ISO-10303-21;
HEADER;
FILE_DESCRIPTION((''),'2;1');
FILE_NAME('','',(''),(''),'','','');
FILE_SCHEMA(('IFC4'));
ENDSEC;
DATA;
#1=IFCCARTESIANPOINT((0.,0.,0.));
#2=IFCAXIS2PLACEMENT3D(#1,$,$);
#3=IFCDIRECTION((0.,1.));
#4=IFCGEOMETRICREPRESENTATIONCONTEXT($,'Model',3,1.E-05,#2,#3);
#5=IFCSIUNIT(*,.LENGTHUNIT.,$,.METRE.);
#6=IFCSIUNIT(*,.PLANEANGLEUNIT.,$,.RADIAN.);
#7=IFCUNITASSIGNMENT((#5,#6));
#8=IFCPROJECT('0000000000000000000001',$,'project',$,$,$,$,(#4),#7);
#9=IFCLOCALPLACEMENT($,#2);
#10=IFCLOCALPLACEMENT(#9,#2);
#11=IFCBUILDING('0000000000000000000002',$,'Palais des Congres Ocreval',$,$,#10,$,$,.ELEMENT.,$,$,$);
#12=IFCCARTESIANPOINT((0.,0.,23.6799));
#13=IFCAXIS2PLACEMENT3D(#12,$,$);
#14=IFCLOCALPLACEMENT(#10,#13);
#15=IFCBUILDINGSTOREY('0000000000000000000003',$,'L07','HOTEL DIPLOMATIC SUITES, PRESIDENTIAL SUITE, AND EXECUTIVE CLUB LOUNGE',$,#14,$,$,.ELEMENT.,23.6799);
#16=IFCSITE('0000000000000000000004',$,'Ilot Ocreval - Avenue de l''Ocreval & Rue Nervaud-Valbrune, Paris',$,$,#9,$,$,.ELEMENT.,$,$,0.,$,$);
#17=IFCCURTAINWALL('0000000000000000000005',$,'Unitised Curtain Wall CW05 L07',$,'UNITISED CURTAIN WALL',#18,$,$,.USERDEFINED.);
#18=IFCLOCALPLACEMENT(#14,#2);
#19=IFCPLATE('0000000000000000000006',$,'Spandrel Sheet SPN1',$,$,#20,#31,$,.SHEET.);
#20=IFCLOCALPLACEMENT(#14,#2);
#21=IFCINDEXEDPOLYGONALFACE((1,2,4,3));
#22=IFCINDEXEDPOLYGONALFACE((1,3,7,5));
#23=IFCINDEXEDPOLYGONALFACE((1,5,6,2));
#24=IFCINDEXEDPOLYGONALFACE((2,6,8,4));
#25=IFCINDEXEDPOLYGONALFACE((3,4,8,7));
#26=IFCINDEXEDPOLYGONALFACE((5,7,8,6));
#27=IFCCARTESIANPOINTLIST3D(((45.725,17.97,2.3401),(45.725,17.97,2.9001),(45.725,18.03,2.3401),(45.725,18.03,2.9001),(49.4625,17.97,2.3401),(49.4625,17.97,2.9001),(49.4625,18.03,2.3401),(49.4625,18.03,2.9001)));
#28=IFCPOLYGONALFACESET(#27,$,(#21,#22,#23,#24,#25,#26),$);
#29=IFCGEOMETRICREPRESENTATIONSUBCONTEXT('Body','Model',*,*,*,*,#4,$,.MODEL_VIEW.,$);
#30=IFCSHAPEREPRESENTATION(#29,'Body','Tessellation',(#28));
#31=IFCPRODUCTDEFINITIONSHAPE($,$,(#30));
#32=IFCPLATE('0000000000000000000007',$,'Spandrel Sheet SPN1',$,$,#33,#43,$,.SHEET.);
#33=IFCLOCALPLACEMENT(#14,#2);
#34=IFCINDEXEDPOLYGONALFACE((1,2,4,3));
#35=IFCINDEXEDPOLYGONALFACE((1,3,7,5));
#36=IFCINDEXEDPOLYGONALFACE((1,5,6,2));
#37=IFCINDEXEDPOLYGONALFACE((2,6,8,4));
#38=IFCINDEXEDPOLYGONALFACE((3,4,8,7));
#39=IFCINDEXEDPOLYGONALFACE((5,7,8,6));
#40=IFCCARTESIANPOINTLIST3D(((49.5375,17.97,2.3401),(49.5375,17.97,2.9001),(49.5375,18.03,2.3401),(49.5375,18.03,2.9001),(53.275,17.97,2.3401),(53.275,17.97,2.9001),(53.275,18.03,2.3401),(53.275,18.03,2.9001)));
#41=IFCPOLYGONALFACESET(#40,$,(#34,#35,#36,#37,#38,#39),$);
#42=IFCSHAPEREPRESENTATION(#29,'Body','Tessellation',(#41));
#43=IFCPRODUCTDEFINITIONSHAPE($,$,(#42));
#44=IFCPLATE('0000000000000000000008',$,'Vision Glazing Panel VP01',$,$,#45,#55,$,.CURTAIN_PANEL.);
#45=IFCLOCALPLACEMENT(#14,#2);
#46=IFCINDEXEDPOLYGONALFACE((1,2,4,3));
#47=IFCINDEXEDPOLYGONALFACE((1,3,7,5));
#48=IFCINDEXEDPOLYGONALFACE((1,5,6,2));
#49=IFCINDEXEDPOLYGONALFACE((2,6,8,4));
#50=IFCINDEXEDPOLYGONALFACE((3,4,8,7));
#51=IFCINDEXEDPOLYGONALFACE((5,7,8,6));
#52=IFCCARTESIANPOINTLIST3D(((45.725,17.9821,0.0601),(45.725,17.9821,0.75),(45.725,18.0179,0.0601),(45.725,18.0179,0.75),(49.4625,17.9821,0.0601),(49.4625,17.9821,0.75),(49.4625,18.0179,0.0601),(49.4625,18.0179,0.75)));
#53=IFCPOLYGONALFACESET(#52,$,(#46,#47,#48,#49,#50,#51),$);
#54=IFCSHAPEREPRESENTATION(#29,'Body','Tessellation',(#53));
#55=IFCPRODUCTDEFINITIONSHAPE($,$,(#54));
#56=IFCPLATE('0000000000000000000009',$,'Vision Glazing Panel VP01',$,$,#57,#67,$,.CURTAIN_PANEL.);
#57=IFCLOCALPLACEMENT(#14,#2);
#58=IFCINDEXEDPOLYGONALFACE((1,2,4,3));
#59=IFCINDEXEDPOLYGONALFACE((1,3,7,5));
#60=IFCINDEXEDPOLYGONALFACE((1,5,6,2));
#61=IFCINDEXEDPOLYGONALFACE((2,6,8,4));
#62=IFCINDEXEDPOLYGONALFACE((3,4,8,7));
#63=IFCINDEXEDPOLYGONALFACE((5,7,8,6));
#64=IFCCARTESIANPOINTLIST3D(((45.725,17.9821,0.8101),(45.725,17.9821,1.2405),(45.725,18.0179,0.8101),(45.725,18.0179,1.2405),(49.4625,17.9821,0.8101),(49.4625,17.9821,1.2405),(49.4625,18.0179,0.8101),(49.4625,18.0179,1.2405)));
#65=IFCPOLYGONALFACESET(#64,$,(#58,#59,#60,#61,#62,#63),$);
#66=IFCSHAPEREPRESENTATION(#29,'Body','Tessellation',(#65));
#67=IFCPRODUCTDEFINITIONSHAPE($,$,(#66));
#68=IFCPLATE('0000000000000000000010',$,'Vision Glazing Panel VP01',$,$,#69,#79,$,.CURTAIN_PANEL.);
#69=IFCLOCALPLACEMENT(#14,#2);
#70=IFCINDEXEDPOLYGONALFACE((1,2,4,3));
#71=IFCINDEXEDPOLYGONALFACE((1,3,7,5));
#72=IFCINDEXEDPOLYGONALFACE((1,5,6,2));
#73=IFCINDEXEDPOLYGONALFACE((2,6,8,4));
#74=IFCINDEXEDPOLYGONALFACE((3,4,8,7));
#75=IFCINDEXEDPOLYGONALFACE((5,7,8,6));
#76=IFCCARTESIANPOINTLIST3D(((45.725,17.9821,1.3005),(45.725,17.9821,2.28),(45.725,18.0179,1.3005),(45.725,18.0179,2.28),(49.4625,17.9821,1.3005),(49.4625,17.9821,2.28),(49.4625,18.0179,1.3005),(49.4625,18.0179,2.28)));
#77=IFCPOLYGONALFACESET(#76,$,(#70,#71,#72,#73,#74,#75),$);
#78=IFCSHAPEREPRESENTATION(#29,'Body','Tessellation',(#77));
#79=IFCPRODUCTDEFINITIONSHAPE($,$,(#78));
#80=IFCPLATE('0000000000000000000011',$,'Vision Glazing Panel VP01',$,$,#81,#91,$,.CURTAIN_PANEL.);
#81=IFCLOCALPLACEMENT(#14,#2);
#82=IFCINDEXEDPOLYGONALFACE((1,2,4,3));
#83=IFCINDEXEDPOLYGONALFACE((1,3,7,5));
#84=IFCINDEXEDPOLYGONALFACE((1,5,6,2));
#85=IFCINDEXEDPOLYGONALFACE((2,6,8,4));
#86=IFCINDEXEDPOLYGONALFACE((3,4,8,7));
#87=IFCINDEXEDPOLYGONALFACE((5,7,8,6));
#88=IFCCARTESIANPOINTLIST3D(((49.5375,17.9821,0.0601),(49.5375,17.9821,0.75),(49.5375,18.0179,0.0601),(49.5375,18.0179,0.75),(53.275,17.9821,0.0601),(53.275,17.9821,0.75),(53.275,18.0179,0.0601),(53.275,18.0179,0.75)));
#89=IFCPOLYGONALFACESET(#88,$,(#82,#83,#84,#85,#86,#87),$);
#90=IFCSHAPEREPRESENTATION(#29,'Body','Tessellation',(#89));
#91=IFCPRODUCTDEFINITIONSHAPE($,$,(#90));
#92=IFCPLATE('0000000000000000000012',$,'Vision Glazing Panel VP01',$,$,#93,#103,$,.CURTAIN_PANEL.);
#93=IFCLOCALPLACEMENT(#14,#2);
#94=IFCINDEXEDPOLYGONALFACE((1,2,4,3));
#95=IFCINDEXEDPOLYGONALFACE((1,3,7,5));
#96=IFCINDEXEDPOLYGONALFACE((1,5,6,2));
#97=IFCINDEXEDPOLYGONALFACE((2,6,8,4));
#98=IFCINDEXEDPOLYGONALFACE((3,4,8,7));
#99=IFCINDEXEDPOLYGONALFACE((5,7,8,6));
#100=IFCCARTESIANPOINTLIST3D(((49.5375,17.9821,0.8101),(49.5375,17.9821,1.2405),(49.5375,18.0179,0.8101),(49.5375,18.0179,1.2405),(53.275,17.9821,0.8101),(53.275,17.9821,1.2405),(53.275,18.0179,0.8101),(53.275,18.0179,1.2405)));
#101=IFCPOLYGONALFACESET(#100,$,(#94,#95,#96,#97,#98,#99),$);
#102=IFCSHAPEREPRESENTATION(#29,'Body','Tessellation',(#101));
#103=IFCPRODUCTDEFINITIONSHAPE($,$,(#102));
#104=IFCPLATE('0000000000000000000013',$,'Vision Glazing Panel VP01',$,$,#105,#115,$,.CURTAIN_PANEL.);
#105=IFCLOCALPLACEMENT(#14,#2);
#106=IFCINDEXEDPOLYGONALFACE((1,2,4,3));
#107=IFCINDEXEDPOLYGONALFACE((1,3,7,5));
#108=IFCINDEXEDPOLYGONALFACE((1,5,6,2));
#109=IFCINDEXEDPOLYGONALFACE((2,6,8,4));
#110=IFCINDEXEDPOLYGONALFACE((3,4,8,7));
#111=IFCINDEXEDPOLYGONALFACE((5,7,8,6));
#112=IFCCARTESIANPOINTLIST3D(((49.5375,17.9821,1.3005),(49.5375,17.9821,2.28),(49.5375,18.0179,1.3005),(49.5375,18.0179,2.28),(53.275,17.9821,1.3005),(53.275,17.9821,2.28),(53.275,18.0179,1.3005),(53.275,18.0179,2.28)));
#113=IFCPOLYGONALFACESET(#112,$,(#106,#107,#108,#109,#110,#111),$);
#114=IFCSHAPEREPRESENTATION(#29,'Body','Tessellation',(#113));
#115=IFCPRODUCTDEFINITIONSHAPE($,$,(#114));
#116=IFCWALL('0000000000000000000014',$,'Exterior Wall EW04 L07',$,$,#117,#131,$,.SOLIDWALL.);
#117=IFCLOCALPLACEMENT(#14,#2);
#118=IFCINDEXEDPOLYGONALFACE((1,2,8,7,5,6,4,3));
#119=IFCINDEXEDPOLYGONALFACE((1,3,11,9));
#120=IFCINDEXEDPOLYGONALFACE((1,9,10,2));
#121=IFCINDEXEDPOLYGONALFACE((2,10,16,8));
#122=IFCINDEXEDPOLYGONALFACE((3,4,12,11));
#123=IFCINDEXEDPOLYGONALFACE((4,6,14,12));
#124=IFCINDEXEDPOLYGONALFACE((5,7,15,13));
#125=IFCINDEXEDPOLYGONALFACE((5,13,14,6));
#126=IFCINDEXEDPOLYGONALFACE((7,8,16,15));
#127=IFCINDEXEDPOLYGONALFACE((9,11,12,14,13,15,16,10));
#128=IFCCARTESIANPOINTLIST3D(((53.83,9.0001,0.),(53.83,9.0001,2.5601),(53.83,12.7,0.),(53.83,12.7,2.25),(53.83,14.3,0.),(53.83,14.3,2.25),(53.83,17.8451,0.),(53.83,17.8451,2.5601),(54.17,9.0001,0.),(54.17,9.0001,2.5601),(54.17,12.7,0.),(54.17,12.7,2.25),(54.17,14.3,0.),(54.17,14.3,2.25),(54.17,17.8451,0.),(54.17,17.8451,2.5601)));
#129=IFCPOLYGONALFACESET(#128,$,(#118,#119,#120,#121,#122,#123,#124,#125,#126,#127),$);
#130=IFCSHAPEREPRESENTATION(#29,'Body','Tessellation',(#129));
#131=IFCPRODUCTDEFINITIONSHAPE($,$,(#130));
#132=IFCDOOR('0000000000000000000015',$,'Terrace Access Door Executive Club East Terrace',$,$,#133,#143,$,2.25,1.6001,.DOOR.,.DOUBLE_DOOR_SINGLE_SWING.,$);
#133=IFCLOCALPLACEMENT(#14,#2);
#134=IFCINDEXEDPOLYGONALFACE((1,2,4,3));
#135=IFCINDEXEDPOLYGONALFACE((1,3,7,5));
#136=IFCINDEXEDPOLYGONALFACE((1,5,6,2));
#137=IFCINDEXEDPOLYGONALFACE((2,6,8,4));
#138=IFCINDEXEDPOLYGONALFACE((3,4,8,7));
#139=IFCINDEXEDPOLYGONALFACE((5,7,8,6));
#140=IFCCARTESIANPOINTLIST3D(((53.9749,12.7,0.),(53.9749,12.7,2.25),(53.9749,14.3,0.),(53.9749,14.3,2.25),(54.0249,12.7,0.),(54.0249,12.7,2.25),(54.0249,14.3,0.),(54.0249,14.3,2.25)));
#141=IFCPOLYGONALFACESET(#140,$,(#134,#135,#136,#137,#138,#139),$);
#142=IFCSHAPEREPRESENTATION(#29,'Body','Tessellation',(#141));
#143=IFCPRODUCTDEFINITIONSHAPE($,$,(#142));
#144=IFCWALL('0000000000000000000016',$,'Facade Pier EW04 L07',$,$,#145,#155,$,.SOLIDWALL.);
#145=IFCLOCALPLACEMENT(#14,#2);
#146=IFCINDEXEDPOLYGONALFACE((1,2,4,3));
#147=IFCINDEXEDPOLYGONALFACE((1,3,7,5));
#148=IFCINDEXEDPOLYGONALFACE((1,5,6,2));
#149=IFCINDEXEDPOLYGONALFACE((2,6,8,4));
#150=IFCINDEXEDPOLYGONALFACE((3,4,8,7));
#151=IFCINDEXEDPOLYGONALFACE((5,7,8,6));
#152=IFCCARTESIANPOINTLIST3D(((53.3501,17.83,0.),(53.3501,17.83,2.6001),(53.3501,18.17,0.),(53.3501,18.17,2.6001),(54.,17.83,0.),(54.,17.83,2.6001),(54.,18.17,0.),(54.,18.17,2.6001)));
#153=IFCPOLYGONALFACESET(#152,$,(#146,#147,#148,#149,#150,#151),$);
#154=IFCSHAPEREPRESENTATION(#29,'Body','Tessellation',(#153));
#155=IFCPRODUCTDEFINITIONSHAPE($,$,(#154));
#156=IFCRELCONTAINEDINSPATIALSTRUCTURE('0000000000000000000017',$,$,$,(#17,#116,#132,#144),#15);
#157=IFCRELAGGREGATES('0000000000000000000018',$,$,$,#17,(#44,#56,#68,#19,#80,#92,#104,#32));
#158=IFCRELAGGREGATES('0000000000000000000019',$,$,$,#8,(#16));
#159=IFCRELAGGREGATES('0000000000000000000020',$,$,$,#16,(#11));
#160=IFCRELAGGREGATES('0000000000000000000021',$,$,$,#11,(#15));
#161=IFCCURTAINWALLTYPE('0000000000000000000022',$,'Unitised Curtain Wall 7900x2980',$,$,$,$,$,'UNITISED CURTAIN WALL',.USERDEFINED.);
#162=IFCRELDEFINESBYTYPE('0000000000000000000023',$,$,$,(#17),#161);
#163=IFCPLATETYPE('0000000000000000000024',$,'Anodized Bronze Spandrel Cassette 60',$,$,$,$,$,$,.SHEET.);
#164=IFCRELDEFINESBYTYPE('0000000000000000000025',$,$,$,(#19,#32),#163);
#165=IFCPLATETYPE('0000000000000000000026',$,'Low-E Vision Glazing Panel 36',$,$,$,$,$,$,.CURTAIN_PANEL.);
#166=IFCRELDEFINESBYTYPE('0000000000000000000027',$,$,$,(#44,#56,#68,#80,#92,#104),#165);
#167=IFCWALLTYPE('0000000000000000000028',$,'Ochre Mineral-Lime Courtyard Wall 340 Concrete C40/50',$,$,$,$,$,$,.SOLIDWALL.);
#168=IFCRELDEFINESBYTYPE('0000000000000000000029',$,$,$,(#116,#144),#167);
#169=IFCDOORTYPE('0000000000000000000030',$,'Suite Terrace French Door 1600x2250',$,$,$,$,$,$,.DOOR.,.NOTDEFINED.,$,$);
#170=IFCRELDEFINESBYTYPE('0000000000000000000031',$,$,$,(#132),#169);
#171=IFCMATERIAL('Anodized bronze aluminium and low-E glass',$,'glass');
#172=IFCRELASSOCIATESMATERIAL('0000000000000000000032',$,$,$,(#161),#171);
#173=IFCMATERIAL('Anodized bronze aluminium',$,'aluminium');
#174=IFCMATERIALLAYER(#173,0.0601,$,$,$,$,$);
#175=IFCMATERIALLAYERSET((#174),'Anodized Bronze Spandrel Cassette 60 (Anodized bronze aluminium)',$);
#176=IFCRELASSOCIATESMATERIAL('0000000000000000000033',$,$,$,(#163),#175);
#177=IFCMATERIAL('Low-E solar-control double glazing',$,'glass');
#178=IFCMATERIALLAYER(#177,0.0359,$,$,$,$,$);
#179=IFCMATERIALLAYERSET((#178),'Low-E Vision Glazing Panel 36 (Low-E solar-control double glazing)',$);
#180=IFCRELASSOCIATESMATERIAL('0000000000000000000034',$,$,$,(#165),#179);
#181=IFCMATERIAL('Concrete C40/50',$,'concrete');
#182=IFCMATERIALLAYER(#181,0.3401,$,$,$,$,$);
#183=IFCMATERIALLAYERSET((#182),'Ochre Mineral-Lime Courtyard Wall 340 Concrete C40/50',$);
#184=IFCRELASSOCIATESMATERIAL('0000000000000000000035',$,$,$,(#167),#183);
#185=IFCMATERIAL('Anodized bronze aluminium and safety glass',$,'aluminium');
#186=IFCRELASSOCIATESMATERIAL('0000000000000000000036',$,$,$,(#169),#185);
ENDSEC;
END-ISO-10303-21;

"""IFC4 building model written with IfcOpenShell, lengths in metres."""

from ifc_helpers import new_model, si_unit, direction, frame, frame_2d, origin, origin_2d, place, context, subcontext, project, spatial, rectangle, extrude, material, layer, layer_set, type_object, element, fill, aggregate, save


model = new_model("IFC4")

# Units and contexts
model_context = context("Model", 3, precision=1e-05, world=origin(), true_north=direction((0.0, 1.0)))
body_context = subcontext(model_context, "Body", "Model", "MODEL_VIEW")
ifc_project = project(units=[si_unit("LENGTHUNIT", "METRE"), si_unit("PLANEANGLEUNIT", "RADIAN")], contexts=[model_context])

# Site, building, storey
site_placement = place(None, origin())
site = spatial("IfcSite", under=ifc_project, at=site_placement, Name="Ilot Ocreval - Avenue de l'Ocreval & Rue Nervaud-Valbrune, Paris", CompositionType="ELEMENT", RefElevation=0.0)
building_placement = place(site_placement, origin())
building = spatial("IfcBuilding", under=site, at=building_placement, Name="Palais des Congres Ocreval", CompositionType="ELEMENT")
storey_placement = place(building_placement, frame((0.0, 0.0, 23.6799)))
storey = spatial("IfcBuildingStorey", under=building, at=storey_placement, Name="L07", Description="HOTEL DIPLOMATIC SUITES, PRESIDENTIAL SUITE, AND EXECUTIVE CLUB LOUNGE", CompositionType="ELEMENT", Elevation=23.6799)

# Curtain wall, plates
ifc_material_1 = material(Name="Anodized bronze aluminium and low-E glass", Category="glass")
curtain_wall_type = type_object("IfcCurtainWallType", Name="Unitised Curtain Wall 7900x2980", ElementType="UNITISED CURTAIN WALL", PredefinedType="USERDEFINED", material=ifc_material_1)
curtain_wall_placement = place(storey_placement, origin())
curtain_wall = element("IfcCurtainWall", 1, at=curtain_wall_placement, inside=storey, type_object=curtain_wall_type, Name="Unitised Curtain Wall CW05 L07", ObjectType="UNITISED CURTAIN WALL", PredefinedType="USERDEFINED")
ifc_material_2 = material(Name="Anodized bronze aluminium", Category="aluminium")
ifc_layer_1 = layer(ifc_material_2, 0.0601)
ifc_layer_set_1 = layer_set([ifc_layer_1], Name="Anodized Bronze Spandrel Cassette 60 (Anodized bronze aluminium)")
plate_type_1 = type_object("IfcPlateType", Name="Anodized Bronze Spandrel Cassette 60", PredefinedType="SHEET", material=ifc_layer_set_1)
plate_1_placement = place(storey_placement, frame((47.5938, 18.0, 2.3401), z_axis=(0.0, 0.0, 1.0), x_axis=(1.0, 0.0, 0.0)))
plate_1 = element("IfcPlate", 2, at=plate_1_placement, type_object=plate_type_1, Name="Spandrel Sheet SPN1", PredefinedType="SHEET", context=body_context, shape_type="SweptSolid", body=[
    extrude(rectangle(XDim=3.7375, YDim=0.0601, at=origin_2d()), origin(), (0.0, 0.0, 1.0), 0.5601),
])
plate_2_placement = place(storey_placement, frame((51.4062, 18.0, 2.3401), z_axis=(0.0, 0.0, 1.0), x_axis=(1.0, 0.0, 0.0)))
plate_2 = element("IfcPlate", 3, at=plate_2_placement, type_object=plate_type_1, Name="Spandrel Sheet SPN1", PredefinedType="SHEET", context=body_context, shape_type="SweptSolid", body=[
    extrude(rectangle(XDim=3.7375, YDim=0.0601, at=origin_2d()), origin(), (0.0, 0.0, 1.0), 0.5601),
])
ifc_material_3 = material(Name="Low-E solar-control double glazing", Category="glass")
ifc_layer_2 = layer(ifc_material_3, 0.0359)
ifc_layer_set_2 = layer_set([ifc_layer_2], Name="Low-E Vision Glazing Panel 36 (Low-E solar-control double glazing)")
plate_type_2 = type_object("IfcPlateType", Name="Low-E Vision Glazing Panel 36", PredefinedType="CURTAIN_PANEL", material=ifc_layer_set_2)
plate_3_placement = place(storey_placement, frame((47.5938, 18.0, 0.0601), z_axis=(0.0, 0.0, 1.0), x_axis=(1.0, 0.0, 0.0)))
plate_3 = element("IfcPlate", 4, at=plate_3_placement, type_object=plate_type_2, Name="Vision Glazing Panel VP01", PredefinedType="CURTAIN_PANEL", context=body_context, shape_type="SweptSolid", body=[
    extrude(rectangle(XDim=3.7375, YDim=0.0359, at=origin_2d()), origin(), (0.0, 0.0, 1.0), 0.6899),
])
plate_4_placement = place(storey_placement, frame((47.5938, 18.0, 0.8101), z_axis=(0.0, 0.0, 1.0), x_axis=(1.0, 0.0, 0.0)))
plate_4 = element("IfcPlate", 5, at=plate_4_placement, type_object=plate_type_2, Name="Vision Glazing Panel VP01", PredefinedType="CURTAIN_PANEL", context=body_context, shape_type="SweptSolid", body=[
    extrude(rectangle(XDim=3.7375, YDim=0.0359, at=origin_2d()), origin(), (0.0, 0.0, 1.0), 0.4304),
])
plate_5_placement = place(storey_placement, frame((47.5938, 18.0, 1.3005), z_axis=(0.0, 0.0, 1.0), x_axis=(1.0, 0.0, 0.0)))
plate_5 = element("IfcPlate", 6, at=plate_5_placement, type_object=plate_type_2, Name="Vision Glazing Panel VP01", PredefinedType="CURTAIN_PANEL", context=body_context, shape_type="SweptSolid", body=[
    extrude(rectangle(XDim=3.7375, YDim=0.0359, at=origin_2d()), origin(), (0.0, 0.0, 1.0), 0.9795),
])
plate_6_placement = place(storey_placement, frame((51.4062, 18.0, 0.0601), z_axis=(0.0, 0.0, 1.0), x_axis=(1.0, 0.0, 0.0)))
plate_6 = element("IfcPlate", 7, at=plate_6_placement, type_object=plate_type_2, Name="Vision Glazing Panel VP01", PredefinedType="CURTAIN_PANEL", context=body_context, shape_type="SweptSolid", body=[
    extrude(rectangle(XDim=3.7375, YDim=0.0359, at=origin_2d()), origin(), (0.0, 0.0, 1.0), 0.6899),
])
plate_7_placement = place(storey_placement, frame((51.4062, 18.0, 0.8101), z_axis=(0.0, 0.0, 1.0), x_axis=(1.0, 0.0, 0.0)))
plate_7 = element("IfcPlate", 8, at=plate_7_placement, type_object=plate_type_2, Name="Vision Glazing Panel VP01", PredefinedType="CURTAIN_PANEL", context=body_context, shape_type="SweptSolid", body=[
    extrude(rectangle(XDim=3.7375, YDim=0.0359, at=origin_2d()), origin(), (0.0, 0.0, 1.0), 0.4304),
])
plate_8_placement = place(storey_placement, frame((51.4062, 18.0, 1.3005), z_axis=(0.0, 0.0, 1.0), x_axis=(1.0, 0.0, 0.0)))
plate_8 = element("IfcPlate", 9, at=plate_8_placement, type_object=plate_type_2, Name="Vision Glazing Panel VP01", PredefinedType="CURTAIN_PANEL", context=body_context, shape_type="SweptSolid", body=[
    extrude(rectangle(XDim=3.7375, YDim=0.0359, at=origin_2d()), origin(), (0.0, 0.0, 1.0), 0.9795),
])
aggregate(curtain_wall, [plate_3, plate_4, plate_5, plate_1, plate_6, plate_7, plate_8, plate_2])

# Wall, opening, door
ifc_material_4 = material(Name="Concrete C40/50", Category="concrete")
ifc_layer_3 = layer(ifc_material_4, 0.3401)
ifc_layer_set_3 = layer_set([ifc_layer_3], Name="Ochre Mineral-Lime Courtyard Wall 340 Concrete C40/50")
wall_type = type_object("IfcWallType", Name="Ochre Mineral-Lime Courtyard Wall 340 Concrete C40/50", PredefinedType="SOLIDWALL", material=ifc_layer_set_3)
wall_1_placement = place(storey_placement, frame((54.0, 17.845, 0.0), z_axis=(0.0, 0.0, 1.0), x_axis=(0.0, -1.0, 0.0)))
wall_1 = element("IfcWall", 10, at=wall_1_placement, inside=storey, type_object=wall_type, Name="Exterior Wall EW04 L07", PredefinedType="SOLIDWALL", context=body_context, shape_type="SweptSolid", body=[
    extrude(rectangle(XDim=8.845, YDim=0.3401, at=frame_2d((4.4224, 0.0))), origin(), (0.0, 0.0, 1.0), 2.5601),
])
opening_placement = place(wall_1_placement, frame((3.5449, 0.0, 0.0)))
opening = element("IfcOpeningElement", 11, at=opening_placement, cuts=wall_1, PredefinedType="OPENING", context=body_context, shape_type="SweptSolid", body=[
    extrude(rectangle(XDim=1.6001, YDim=2.25, at=frame_2d((0.8, 1.125))), frame((0.0, 0.1799, 0.0), z_axis=(0.0, -1.0, 0.0), x_axis=(1.0, 0.0, 0.0)), (0.0, 0.0, 1.0), 0.3601),
])
ifc_material_5 = material(Name="Anodized bronze aluminium and safety glass", Category="aluminium")
door_type = type_object("IfcDoorType", Name="Suite Terrace French Door 1600x2250", OperationType="NOTDEFINED", PredefinedType="DOOR", material=ifc_material_5)
door_placement = place(opening_placement, origin())
door = element("IfcDoor", 12, at=door_placement, inside=storey, type_object=door_type, Name="Terrace Access Door Executive Club East Terrace", OperationType="DOUBLE_DOOR_SINGLE_SWING", OverallHeight=2.25, OverallWidth=1.6001, PredefinedType="DOOR", context=body_context, shape_type="SweptSolid", body=[
    extrude(rectangle(XDim=1.6001, YDim=2.25, at=frame_2d((0.8, 1.125))), frame((0.0, 0.0249, 0.0), z_axis=(0.0, -1.0, 0.0), x_axis=(1.0, 0.0, 0.0)), (0.0, 0.0, 1.0), 0.05),
])
fill(opening, door)

# Wall
wall_2_placement = place(storey_placement, frame((53.3501, 18.0, 0.0), z_axis=(0.0, 0.0, 1.0), x_axis=(1.0, 0.0, 0.0)))
element("IfcWall", 13, at=wall_2_placement, inside=storey, type_object=wall_type, Name="Facade Pier EW04 L07", PredefinedType="SOLIDWALL", context=body_context, shape_type="SweptSolid", body=[
    extrude(rectangle(XDim=0.6499, YDim=0.3401, at=frame_2d((0.325, 0.0))), origin(), (0.0, 0.0, 1.0), 2.6001),
])

save(model, "model.ifc")
